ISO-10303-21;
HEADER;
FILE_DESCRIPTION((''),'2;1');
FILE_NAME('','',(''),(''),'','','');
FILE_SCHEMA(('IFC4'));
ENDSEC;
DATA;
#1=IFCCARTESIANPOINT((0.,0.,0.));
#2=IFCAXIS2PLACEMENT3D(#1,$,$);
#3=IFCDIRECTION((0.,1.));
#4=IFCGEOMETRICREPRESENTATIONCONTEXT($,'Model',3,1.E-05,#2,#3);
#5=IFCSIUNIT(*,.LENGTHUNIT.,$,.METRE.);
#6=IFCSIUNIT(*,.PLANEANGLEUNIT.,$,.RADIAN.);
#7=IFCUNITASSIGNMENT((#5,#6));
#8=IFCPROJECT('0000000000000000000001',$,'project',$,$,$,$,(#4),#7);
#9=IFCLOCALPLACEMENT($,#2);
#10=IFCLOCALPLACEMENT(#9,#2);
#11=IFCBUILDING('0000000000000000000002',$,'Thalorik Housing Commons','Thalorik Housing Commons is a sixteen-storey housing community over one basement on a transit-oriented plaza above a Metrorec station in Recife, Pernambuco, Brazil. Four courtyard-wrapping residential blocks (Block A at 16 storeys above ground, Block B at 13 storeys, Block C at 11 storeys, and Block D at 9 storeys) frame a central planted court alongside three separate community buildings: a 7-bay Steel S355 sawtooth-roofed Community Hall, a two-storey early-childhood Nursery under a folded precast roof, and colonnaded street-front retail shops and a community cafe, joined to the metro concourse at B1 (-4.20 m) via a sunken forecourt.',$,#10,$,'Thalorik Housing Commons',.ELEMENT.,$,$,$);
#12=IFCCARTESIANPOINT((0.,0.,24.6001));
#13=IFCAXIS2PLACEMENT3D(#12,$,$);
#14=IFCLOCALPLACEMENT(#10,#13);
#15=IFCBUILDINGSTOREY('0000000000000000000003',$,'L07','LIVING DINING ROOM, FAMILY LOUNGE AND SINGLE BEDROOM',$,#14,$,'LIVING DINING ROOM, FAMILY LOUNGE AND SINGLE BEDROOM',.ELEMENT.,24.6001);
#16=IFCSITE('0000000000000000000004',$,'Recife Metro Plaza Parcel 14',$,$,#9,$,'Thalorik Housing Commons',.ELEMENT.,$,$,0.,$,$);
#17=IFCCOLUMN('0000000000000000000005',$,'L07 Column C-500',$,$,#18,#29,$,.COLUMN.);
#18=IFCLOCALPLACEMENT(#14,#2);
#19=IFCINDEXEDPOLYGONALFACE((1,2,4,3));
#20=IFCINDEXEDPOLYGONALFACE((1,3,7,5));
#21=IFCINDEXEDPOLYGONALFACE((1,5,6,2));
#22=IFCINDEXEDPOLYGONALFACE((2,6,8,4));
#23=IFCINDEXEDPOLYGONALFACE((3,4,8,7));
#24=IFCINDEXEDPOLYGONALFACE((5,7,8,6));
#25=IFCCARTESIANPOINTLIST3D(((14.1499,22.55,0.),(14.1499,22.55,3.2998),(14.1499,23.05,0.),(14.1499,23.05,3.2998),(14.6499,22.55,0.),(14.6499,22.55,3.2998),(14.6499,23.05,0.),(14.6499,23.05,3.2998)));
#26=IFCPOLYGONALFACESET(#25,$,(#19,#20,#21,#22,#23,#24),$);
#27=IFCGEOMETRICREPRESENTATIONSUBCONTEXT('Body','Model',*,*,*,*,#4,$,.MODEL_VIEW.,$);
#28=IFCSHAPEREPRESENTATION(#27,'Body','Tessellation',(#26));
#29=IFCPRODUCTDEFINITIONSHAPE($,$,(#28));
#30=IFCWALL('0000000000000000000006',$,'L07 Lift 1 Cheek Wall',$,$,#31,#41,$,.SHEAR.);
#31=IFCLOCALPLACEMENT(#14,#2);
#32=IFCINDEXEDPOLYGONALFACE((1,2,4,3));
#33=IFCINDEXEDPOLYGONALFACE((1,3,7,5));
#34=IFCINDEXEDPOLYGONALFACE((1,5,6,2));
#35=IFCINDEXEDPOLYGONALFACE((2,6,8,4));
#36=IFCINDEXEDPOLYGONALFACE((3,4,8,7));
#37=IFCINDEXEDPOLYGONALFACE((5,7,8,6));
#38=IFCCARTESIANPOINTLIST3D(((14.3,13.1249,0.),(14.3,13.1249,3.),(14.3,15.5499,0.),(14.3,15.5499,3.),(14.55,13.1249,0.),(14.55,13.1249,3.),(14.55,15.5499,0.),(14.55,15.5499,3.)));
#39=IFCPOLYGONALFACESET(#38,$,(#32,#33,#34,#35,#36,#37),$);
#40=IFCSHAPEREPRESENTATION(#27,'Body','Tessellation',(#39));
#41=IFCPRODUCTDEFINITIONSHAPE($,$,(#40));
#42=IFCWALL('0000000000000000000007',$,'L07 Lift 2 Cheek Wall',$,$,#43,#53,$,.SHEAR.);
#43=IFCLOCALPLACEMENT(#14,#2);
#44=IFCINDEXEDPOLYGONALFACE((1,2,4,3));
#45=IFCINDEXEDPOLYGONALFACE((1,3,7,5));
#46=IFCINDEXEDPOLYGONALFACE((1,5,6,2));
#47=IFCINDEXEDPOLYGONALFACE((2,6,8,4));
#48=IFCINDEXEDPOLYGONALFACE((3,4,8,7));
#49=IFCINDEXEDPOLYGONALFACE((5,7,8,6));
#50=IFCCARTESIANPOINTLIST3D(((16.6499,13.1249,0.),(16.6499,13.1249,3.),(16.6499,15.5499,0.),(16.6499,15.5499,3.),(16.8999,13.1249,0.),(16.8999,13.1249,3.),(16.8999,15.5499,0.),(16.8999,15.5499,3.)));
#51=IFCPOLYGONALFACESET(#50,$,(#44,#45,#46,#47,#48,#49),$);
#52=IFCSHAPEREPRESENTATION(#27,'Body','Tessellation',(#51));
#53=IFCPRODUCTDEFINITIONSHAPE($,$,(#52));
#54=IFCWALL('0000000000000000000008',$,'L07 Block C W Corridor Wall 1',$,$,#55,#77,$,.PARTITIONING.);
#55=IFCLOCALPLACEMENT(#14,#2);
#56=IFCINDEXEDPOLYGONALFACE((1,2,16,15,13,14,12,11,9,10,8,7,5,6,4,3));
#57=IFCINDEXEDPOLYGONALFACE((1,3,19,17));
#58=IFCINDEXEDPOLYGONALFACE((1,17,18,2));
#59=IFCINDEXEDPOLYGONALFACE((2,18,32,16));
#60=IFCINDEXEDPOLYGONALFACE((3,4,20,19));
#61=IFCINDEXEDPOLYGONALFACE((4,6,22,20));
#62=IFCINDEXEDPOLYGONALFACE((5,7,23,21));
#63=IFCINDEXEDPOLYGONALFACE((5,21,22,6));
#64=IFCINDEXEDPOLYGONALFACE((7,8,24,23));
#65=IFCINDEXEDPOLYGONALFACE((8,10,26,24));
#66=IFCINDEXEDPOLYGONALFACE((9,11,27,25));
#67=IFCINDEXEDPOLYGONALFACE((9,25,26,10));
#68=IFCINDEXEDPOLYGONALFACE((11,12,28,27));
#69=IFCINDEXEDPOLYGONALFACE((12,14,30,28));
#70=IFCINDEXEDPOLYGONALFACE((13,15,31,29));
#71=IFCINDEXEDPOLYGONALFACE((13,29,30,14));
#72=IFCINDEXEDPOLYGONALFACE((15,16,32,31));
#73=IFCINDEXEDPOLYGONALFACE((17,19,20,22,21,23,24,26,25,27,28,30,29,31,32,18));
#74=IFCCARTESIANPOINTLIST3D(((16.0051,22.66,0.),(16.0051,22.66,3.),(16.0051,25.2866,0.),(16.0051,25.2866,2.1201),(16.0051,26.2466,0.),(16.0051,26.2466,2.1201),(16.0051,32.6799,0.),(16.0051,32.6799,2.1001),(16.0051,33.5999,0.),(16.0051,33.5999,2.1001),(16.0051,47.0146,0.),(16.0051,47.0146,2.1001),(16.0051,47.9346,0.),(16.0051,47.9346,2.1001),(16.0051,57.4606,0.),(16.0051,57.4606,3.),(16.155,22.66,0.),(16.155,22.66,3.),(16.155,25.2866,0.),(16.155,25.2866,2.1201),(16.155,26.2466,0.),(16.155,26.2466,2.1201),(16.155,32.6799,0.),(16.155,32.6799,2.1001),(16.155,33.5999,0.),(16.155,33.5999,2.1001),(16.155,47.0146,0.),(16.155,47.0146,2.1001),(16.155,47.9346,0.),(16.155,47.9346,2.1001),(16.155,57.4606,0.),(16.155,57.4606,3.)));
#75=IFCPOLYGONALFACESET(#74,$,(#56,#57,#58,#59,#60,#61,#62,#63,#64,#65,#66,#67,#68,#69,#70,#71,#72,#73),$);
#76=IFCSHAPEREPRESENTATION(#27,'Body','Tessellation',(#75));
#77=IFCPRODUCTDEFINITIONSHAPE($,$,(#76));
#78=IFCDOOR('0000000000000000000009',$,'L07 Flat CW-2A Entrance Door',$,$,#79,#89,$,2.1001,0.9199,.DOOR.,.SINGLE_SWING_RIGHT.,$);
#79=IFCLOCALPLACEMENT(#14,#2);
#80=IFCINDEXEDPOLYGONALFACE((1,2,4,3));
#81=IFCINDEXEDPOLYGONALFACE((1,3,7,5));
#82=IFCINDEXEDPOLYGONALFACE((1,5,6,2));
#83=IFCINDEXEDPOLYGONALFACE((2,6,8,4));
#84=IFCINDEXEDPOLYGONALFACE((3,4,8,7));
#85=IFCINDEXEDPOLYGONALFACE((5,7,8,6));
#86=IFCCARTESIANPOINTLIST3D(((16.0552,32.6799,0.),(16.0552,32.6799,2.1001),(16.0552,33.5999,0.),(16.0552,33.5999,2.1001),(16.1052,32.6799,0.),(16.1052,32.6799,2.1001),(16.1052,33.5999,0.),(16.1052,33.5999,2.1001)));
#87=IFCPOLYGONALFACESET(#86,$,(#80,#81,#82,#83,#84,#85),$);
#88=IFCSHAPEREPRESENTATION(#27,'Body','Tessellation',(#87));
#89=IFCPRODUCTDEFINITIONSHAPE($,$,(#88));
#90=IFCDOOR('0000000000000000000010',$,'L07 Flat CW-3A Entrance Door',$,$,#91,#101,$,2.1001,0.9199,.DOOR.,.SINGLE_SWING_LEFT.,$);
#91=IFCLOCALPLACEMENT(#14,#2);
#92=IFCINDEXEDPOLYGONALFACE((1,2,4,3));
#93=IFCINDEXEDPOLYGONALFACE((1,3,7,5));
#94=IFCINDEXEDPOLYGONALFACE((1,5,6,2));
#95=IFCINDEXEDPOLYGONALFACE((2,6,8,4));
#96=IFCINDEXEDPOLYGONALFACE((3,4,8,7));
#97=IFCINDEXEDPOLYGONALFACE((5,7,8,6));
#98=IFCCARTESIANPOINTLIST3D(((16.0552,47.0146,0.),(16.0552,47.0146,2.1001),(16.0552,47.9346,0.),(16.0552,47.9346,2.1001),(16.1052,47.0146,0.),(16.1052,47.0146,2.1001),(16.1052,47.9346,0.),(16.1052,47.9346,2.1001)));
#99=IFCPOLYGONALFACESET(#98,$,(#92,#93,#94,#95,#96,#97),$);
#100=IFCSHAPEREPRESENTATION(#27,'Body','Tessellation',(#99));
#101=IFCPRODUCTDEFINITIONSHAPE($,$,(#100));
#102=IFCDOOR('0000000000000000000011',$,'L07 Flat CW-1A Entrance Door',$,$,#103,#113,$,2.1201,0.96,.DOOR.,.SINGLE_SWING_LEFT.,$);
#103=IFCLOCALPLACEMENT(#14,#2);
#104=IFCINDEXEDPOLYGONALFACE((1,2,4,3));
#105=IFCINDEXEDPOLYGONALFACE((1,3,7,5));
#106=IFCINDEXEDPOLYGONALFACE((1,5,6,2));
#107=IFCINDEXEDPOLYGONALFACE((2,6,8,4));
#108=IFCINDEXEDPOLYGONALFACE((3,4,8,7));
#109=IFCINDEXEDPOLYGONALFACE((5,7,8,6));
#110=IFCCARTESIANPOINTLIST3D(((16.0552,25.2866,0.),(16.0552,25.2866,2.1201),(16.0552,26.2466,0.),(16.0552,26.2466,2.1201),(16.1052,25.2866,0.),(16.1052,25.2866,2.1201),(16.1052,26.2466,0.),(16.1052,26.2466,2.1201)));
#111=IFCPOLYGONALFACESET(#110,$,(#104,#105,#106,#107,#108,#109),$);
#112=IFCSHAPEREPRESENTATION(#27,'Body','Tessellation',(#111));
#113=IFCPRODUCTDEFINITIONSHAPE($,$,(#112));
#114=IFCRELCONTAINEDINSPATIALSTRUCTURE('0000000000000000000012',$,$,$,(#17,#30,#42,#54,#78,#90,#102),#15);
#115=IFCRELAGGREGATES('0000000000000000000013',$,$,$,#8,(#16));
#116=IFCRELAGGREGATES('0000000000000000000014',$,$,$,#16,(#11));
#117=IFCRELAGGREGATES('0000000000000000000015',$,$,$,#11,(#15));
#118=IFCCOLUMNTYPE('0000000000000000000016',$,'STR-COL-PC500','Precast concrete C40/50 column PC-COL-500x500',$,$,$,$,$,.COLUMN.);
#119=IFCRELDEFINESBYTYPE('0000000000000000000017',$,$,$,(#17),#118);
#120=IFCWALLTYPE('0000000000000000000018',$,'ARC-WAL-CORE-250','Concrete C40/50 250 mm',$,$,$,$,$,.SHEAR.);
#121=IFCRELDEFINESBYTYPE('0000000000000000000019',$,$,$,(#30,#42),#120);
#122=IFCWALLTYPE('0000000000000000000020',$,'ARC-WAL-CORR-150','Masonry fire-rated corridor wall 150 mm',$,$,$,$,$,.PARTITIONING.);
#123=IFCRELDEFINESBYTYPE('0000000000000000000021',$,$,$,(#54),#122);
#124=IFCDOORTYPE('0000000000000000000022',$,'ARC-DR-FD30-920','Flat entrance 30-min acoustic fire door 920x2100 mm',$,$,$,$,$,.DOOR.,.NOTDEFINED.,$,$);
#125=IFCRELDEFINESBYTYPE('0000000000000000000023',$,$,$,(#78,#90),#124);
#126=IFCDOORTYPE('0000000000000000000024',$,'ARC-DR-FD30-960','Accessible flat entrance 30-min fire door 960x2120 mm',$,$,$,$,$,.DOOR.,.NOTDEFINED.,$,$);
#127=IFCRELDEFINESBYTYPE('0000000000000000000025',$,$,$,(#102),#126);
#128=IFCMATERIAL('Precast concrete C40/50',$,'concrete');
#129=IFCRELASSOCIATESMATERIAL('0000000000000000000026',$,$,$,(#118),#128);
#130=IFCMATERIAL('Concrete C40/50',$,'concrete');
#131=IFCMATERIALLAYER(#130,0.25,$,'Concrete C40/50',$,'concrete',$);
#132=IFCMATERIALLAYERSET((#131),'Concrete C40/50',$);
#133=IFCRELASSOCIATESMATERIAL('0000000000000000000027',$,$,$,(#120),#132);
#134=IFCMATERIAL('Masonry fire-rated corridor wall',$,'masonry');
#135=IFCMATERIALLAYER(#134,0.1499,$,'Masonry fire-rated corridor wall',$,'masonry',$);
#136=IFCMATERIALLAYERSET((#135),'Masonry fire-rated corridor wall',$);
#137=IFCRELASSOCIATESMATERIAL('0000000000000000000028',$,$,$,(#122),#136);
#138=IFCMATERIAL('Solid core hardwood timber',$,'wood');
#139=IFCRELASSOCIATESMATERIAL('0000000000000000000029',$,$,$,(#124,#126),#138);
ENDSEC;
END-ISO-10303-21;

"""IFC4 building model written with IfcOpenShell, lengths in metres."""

from ifc_helpers import new_model, si_unit, direction, frame, frame_2d, origin, origin_2d, place, context, subcontext, project, spatial, rectangle, extrude, material, layer, layer_set, material_profile, profile_set, type_object, element, fill, save


model = new_model("IFC4")

# Units and contexts
model_context = context("Model", 3, precision=1e-05, world=origin(), true_north=direction((0.0, 1.0)))
body_context = subcontext(model_context, "Body", "Model", "MODEL_VIEW")
ifc_project = project(units=[si_unit("LENGTHUNIT", "METRE"), si_unit("PLANEANGLEUNIT", "RADIAN")], contexts=[model_context])

# Site, building, storey
site_placement = place(None, origin())
site = spatial("IfcSite", under=ifc_project, at=site_placement, Name="Recife Metro Plaza Parcel 14", LongName="Thalorik Housing Commons", CompositionType="ELEMENT", RefElevation=0.0)
building_placement = place(site_placement, origin())
building = spatial("IfcBuilding", under=site, at=building_placement, Name="Thalorik Housing Commons", Description="Thalorik Housing Commons is a sixteen-storey housing community over one basement on a transit-oriented plaza above a Metrorec station in Recife, Pernambuco, Brazil. Four courtyard-wrapping residential blocks (Block A at 16 storeys above ground, Block B at 13 storeys, Block C at 11 storeys, and Block D at 9 storeys) frame a central planted court alongside three separate community buildings: a 7-bay Steel S355 sawtooth-roofed Community Hall, a two-storey early-childhood Nursery under a folded precast roof, and colonnaded street-front retail shops and a community cafe, joined to the metro concourse at B1 (-4.20 m) via a sunken forecourt.", LongName="Thalorik Housing Commons", CompositionType="ELEMENT")
storey_placement = place(building_placement, frame((0.0, 0.0, 24.6001)))
storey = spatial("IfcBuildingStorey", under=building, at=storey_placement, Name="L07", Description="LIVING DINING ROOM, FAMILY LOUNGE AND SINGLE BEDROOM", LongName="LIVING DINING ROOM, FAMILY LOUNGE AND SINGLE BEDROOM", CompositionType="ELEMENT", Elevation=24.6001)

# Column
ifc_material_1 = material(Name="Precast concrete C40/50", Category="concrete")
ifc_material_profile = material_profile(ifc_material_1, rectangle(XDim=0.5, YDim=0.5, at=origin_2d()), Name="PC 500x500", Category="concrete")
ifc_profile_set = profile_set([ifc_material_profile], Name="Precast concrete C40/50")
column_type = type_object("IfcColumnType", Name="STR-COL-PC500", Description="Precast concrete C40/50 column PC-COL-500x500", PredefinedType="COLUMN", material=ifc_profile_set)
column_placement = place(storey_placement, frame((14.3999, 22.8, 0.0), z_axis=(0.0, 0.0, 1.0), x_axis=(1.0, 0.0, 0.0)))
element("IfcColumn", 1, at=column_placement, inside=storey, type_object=column_type, Name="L07 Column C-500", PredefinedType="COLUMN", context=body_context, shape_type="SweptSolid", body=[
    extrude(rectangle(XDim=0.5, YDim=0.5, at=origin_2d()), origin(), (0.0, 0.0, 1.0), 3.2998),
])

# Shared definitions
ifc_material_2 = material(Name="Concrete C40/50", Category="concrete")
ifc_layer_1 = layer(ifc_material_2, 0.25, Name="Concrete C40/50", Category="concrete")
ifc_layer_set_1 = layer_set([ifc_layer_1], Name="Concrete C40/50")
wall_type_1 = type_object("IfcWallType", Name="ARC-WAL-CORE-250", Description="Concrete C40/50 250 mm", PredefinedType="SHEAR", material=ifc_layer_set_1)

# Walls
for number, where, z_axis, x_axis, name in (
    (2, (14.425, 13.125, 0.0), (0.0, 0.0, 1.0), (0.0, 1.0, 0.0), "L07 Lift 1 Cheek Wall"),
    (3, (16.7749, 13.125, 0.0), (0.0, 0.0, 1.0), (0.0, 1.0, 0.0), "L07 Lift 2 Cheek Wall"),
):
    element("IfcWall", number, at=place(storey_placement, frame(where, z_axis=z_axis, x_axis=x_axis)), inside=storey, type_object=wall_type_1, Name=name, PredefinedType="SHEAR", context=body_context, shape_type="SweptSolid", body=[
        extrude(rectangle(XDim=2.425, YDim=0.25, at=frame_2d((1.2124, 0.0))), origin(), (0.0, 0.0, 1.0), 3.0),
    ])

# Wall, openings, doors
ifc_material_3 = material(Name="Masonry fire-rated corridor wall", Category="masonry")
ifc_layer_2 = layer(ifc_material_3, 0.1499, Name="Masonry fire-rated corridor wall", Category="masonry")
ifc_layer_set_2 = layer_set([ifc_layer_2], Name="Masonry fire-rated corridor wall")
wall_type_2 = type_object("IfcWallType", Name="ARC-WAL-CORR-150", Description="Masonry fire-rated corridor wall 150 mm", PredefinedType="PARTITIONING", material=ifc_layer_set_2)
wall_1_placement = place(storey_placement, frame((16.0801, 22.6599, 0.0), z_axis=(0.0, 0.0, 1.0), x_axis=(0.0, 1.0, 0.0)))
wall_1 = element("IfcWall", 4, at=wall_1_placement, inside=storey, type_object=wall_type_2, Name="L07 Block C W Corridor Wall 1", PredefinedType="PARTITIONING", context=body_context, shape_type="SweptSolid", body=[
    extrude(rectangle(XDim=34.8005, YDim=0.1499, at=frame_2d((17.4004, 0.0))), origin(), (0.0, 0.0, 1.0), 3.0),
])
opening_1_placement = place(wall_1_placement, frame((2.6267, 0.0, 0.0)))
opening_1 = element("IfcOpeningElement", 5, at=opening_1_placement, cuts=wall_1, PredefinedType="OPENING", context=body_context, shape_type="SweptSolid", body=[
    extrude(rectangle(XDim=0.96, YDim=2.1201, at=frame_2d((0.48, 1.0601))), frame((0.0, 0.085, 0.0), z_axis=(0.0, -1.0, 0.0), x_axis=(1.0, 0.0, 0.0)), (0.0, 0.0, 1.0), 0.1699),
])
opening_2_placement = place(wall_1_placement, frame((10.02, 0.0, 0.0)))
opening_2 = element("IfcOpeningElement", 6, at=opening_2_placement, cuts=wall_1, PredefinedType="OPENING", context=body_context, shape_type="SweptSolid", body=[
    extrude(rectangle(XDim=0.9199, YDim=2.1001, at=frame_2d((0.46, 1.05))), frame((0.0, 0.085, 0.0), z_axis=(0.0, -1.0, 0.0), x_axis=(1.0, 0.0, 0.0)), (0.0, 0.0, 1.0), 0.1699),
])
opening_3_placement = place(wall_1_placement, frame((24.3547, 0.0, 0.0)))
opening_3 = element("IfcOpeningElement", 7, at=opening_3_placement, cuts=wall_1, PredefinedType="OPENING", context=body_context, shape_type="SweptSolid", body=[
    extrude(rectangle(XDim=0.9199, YDim=2.1001, at=frame_2d((0.46, 1.05))), frame((0.0, 0.085, 0.0), z_axis=(0.0, -1.0, 0.0), x_axis=(1.0, 0.0, 0.0)), (0.0, 0.0, 1.0), 0.1699),
])
ifc_material_4 = material(Name="Solid core hardwood timber", Category="wood")
door_type_1 = type_object("IfcDoorType", Name="ARC-DR-FD30-920", Description="Flat entrance 30-min acoustic fire door 920x2100 mm", OperationType="NOTDEFINED", PredefinedType="DOOR", material=ifc_material_4)
door_1_placement = place(opening_2_placement, origin())
door_1 = element("IfcDoor", 8, at=door_1_placement, inside=storey, type_object=door_type_1, Name="L07 Flat CW-2A Entrance Door", OperationType="SINGLE_SWING_RIGHT", OverallHeight=2.1001, OverallWidth=0.9199, PredefinedType="DOOR", context=body_context, shape_type="SweptSolid", body=[
    extrude(rectangle(XDim=0.9199, YDim=2.1001, at=frame_2d((0.46, 1.05))), frame((0.0, 0.0249, 0.0), z_axis=(0.0, -1.0, 0.0), x_axis=(1.0, 0.0, 0.0)), (0.0, 0.0, 1.0), 0.05),
])
fill(opening_2, door_1)
door_2_placement = place(opening_3_placement, origin())
door_2 = element("IfcDoor", 9, at=door_2_placement, inside=storey, type_object=door_type_1, Name="L07 Flat CW-3A Entrance Door", OperationType="SINGLE_SWING_LEFT", OverallHeight=2.1001, OverallWidth=0.9199, PredefinedType="DOOR", context=body_context, shape_type="SweptSolid", body=[
    extrude(rectangle(XDim=0.9199, YDim=2.1001, at=frame_2d((0.46, 1.05))), frame((0.0, 0.0249, 0.0), z_axis=(0.0, -1.0, 0.0), x_axis=(1.0, 0.0, 0.0)), (0.0, 0.0, 1.0), 0.05),
])
fill(opening_3, door_2)
door_type_2 = type_object("IfcDoorType", Name="ARC-DR-FD30-960", Description="Accessible flat entrance 30-min fire door 960x2120 mm", OperationType="NOTDEFINED", PredefinedType="DOOR", material=ifc_material_4)
door_3_placement = place(opening_1_placement, origin())
door_3 = element("IfcDoor", 10, at=door_3_placement, inside=storey, type_object=door_type_2, Name="L07 Flat CW-1A Entrance Door", OperationType="SINGLE_SWING_LEFT", OverallHeight=2.1201, OverallWidth=0.96, PredefinedType="DOOR", context=body_context, shape_type="SweptSolid", body=[
    extrude(rectangle(XDim=0.96, YDim=2.1201, at=frame_2d((0.48, 1.0601))), frame((0.0, 0.0249, 0.0), z_axis=(0.0, -1.0, 0.0), x_axis=(1.0, 0.0, 0.0)), (0.0, 0.0, 1.0), 0.05),
])
fill(opening_1, door_3)

save(model, "model.ifc")
